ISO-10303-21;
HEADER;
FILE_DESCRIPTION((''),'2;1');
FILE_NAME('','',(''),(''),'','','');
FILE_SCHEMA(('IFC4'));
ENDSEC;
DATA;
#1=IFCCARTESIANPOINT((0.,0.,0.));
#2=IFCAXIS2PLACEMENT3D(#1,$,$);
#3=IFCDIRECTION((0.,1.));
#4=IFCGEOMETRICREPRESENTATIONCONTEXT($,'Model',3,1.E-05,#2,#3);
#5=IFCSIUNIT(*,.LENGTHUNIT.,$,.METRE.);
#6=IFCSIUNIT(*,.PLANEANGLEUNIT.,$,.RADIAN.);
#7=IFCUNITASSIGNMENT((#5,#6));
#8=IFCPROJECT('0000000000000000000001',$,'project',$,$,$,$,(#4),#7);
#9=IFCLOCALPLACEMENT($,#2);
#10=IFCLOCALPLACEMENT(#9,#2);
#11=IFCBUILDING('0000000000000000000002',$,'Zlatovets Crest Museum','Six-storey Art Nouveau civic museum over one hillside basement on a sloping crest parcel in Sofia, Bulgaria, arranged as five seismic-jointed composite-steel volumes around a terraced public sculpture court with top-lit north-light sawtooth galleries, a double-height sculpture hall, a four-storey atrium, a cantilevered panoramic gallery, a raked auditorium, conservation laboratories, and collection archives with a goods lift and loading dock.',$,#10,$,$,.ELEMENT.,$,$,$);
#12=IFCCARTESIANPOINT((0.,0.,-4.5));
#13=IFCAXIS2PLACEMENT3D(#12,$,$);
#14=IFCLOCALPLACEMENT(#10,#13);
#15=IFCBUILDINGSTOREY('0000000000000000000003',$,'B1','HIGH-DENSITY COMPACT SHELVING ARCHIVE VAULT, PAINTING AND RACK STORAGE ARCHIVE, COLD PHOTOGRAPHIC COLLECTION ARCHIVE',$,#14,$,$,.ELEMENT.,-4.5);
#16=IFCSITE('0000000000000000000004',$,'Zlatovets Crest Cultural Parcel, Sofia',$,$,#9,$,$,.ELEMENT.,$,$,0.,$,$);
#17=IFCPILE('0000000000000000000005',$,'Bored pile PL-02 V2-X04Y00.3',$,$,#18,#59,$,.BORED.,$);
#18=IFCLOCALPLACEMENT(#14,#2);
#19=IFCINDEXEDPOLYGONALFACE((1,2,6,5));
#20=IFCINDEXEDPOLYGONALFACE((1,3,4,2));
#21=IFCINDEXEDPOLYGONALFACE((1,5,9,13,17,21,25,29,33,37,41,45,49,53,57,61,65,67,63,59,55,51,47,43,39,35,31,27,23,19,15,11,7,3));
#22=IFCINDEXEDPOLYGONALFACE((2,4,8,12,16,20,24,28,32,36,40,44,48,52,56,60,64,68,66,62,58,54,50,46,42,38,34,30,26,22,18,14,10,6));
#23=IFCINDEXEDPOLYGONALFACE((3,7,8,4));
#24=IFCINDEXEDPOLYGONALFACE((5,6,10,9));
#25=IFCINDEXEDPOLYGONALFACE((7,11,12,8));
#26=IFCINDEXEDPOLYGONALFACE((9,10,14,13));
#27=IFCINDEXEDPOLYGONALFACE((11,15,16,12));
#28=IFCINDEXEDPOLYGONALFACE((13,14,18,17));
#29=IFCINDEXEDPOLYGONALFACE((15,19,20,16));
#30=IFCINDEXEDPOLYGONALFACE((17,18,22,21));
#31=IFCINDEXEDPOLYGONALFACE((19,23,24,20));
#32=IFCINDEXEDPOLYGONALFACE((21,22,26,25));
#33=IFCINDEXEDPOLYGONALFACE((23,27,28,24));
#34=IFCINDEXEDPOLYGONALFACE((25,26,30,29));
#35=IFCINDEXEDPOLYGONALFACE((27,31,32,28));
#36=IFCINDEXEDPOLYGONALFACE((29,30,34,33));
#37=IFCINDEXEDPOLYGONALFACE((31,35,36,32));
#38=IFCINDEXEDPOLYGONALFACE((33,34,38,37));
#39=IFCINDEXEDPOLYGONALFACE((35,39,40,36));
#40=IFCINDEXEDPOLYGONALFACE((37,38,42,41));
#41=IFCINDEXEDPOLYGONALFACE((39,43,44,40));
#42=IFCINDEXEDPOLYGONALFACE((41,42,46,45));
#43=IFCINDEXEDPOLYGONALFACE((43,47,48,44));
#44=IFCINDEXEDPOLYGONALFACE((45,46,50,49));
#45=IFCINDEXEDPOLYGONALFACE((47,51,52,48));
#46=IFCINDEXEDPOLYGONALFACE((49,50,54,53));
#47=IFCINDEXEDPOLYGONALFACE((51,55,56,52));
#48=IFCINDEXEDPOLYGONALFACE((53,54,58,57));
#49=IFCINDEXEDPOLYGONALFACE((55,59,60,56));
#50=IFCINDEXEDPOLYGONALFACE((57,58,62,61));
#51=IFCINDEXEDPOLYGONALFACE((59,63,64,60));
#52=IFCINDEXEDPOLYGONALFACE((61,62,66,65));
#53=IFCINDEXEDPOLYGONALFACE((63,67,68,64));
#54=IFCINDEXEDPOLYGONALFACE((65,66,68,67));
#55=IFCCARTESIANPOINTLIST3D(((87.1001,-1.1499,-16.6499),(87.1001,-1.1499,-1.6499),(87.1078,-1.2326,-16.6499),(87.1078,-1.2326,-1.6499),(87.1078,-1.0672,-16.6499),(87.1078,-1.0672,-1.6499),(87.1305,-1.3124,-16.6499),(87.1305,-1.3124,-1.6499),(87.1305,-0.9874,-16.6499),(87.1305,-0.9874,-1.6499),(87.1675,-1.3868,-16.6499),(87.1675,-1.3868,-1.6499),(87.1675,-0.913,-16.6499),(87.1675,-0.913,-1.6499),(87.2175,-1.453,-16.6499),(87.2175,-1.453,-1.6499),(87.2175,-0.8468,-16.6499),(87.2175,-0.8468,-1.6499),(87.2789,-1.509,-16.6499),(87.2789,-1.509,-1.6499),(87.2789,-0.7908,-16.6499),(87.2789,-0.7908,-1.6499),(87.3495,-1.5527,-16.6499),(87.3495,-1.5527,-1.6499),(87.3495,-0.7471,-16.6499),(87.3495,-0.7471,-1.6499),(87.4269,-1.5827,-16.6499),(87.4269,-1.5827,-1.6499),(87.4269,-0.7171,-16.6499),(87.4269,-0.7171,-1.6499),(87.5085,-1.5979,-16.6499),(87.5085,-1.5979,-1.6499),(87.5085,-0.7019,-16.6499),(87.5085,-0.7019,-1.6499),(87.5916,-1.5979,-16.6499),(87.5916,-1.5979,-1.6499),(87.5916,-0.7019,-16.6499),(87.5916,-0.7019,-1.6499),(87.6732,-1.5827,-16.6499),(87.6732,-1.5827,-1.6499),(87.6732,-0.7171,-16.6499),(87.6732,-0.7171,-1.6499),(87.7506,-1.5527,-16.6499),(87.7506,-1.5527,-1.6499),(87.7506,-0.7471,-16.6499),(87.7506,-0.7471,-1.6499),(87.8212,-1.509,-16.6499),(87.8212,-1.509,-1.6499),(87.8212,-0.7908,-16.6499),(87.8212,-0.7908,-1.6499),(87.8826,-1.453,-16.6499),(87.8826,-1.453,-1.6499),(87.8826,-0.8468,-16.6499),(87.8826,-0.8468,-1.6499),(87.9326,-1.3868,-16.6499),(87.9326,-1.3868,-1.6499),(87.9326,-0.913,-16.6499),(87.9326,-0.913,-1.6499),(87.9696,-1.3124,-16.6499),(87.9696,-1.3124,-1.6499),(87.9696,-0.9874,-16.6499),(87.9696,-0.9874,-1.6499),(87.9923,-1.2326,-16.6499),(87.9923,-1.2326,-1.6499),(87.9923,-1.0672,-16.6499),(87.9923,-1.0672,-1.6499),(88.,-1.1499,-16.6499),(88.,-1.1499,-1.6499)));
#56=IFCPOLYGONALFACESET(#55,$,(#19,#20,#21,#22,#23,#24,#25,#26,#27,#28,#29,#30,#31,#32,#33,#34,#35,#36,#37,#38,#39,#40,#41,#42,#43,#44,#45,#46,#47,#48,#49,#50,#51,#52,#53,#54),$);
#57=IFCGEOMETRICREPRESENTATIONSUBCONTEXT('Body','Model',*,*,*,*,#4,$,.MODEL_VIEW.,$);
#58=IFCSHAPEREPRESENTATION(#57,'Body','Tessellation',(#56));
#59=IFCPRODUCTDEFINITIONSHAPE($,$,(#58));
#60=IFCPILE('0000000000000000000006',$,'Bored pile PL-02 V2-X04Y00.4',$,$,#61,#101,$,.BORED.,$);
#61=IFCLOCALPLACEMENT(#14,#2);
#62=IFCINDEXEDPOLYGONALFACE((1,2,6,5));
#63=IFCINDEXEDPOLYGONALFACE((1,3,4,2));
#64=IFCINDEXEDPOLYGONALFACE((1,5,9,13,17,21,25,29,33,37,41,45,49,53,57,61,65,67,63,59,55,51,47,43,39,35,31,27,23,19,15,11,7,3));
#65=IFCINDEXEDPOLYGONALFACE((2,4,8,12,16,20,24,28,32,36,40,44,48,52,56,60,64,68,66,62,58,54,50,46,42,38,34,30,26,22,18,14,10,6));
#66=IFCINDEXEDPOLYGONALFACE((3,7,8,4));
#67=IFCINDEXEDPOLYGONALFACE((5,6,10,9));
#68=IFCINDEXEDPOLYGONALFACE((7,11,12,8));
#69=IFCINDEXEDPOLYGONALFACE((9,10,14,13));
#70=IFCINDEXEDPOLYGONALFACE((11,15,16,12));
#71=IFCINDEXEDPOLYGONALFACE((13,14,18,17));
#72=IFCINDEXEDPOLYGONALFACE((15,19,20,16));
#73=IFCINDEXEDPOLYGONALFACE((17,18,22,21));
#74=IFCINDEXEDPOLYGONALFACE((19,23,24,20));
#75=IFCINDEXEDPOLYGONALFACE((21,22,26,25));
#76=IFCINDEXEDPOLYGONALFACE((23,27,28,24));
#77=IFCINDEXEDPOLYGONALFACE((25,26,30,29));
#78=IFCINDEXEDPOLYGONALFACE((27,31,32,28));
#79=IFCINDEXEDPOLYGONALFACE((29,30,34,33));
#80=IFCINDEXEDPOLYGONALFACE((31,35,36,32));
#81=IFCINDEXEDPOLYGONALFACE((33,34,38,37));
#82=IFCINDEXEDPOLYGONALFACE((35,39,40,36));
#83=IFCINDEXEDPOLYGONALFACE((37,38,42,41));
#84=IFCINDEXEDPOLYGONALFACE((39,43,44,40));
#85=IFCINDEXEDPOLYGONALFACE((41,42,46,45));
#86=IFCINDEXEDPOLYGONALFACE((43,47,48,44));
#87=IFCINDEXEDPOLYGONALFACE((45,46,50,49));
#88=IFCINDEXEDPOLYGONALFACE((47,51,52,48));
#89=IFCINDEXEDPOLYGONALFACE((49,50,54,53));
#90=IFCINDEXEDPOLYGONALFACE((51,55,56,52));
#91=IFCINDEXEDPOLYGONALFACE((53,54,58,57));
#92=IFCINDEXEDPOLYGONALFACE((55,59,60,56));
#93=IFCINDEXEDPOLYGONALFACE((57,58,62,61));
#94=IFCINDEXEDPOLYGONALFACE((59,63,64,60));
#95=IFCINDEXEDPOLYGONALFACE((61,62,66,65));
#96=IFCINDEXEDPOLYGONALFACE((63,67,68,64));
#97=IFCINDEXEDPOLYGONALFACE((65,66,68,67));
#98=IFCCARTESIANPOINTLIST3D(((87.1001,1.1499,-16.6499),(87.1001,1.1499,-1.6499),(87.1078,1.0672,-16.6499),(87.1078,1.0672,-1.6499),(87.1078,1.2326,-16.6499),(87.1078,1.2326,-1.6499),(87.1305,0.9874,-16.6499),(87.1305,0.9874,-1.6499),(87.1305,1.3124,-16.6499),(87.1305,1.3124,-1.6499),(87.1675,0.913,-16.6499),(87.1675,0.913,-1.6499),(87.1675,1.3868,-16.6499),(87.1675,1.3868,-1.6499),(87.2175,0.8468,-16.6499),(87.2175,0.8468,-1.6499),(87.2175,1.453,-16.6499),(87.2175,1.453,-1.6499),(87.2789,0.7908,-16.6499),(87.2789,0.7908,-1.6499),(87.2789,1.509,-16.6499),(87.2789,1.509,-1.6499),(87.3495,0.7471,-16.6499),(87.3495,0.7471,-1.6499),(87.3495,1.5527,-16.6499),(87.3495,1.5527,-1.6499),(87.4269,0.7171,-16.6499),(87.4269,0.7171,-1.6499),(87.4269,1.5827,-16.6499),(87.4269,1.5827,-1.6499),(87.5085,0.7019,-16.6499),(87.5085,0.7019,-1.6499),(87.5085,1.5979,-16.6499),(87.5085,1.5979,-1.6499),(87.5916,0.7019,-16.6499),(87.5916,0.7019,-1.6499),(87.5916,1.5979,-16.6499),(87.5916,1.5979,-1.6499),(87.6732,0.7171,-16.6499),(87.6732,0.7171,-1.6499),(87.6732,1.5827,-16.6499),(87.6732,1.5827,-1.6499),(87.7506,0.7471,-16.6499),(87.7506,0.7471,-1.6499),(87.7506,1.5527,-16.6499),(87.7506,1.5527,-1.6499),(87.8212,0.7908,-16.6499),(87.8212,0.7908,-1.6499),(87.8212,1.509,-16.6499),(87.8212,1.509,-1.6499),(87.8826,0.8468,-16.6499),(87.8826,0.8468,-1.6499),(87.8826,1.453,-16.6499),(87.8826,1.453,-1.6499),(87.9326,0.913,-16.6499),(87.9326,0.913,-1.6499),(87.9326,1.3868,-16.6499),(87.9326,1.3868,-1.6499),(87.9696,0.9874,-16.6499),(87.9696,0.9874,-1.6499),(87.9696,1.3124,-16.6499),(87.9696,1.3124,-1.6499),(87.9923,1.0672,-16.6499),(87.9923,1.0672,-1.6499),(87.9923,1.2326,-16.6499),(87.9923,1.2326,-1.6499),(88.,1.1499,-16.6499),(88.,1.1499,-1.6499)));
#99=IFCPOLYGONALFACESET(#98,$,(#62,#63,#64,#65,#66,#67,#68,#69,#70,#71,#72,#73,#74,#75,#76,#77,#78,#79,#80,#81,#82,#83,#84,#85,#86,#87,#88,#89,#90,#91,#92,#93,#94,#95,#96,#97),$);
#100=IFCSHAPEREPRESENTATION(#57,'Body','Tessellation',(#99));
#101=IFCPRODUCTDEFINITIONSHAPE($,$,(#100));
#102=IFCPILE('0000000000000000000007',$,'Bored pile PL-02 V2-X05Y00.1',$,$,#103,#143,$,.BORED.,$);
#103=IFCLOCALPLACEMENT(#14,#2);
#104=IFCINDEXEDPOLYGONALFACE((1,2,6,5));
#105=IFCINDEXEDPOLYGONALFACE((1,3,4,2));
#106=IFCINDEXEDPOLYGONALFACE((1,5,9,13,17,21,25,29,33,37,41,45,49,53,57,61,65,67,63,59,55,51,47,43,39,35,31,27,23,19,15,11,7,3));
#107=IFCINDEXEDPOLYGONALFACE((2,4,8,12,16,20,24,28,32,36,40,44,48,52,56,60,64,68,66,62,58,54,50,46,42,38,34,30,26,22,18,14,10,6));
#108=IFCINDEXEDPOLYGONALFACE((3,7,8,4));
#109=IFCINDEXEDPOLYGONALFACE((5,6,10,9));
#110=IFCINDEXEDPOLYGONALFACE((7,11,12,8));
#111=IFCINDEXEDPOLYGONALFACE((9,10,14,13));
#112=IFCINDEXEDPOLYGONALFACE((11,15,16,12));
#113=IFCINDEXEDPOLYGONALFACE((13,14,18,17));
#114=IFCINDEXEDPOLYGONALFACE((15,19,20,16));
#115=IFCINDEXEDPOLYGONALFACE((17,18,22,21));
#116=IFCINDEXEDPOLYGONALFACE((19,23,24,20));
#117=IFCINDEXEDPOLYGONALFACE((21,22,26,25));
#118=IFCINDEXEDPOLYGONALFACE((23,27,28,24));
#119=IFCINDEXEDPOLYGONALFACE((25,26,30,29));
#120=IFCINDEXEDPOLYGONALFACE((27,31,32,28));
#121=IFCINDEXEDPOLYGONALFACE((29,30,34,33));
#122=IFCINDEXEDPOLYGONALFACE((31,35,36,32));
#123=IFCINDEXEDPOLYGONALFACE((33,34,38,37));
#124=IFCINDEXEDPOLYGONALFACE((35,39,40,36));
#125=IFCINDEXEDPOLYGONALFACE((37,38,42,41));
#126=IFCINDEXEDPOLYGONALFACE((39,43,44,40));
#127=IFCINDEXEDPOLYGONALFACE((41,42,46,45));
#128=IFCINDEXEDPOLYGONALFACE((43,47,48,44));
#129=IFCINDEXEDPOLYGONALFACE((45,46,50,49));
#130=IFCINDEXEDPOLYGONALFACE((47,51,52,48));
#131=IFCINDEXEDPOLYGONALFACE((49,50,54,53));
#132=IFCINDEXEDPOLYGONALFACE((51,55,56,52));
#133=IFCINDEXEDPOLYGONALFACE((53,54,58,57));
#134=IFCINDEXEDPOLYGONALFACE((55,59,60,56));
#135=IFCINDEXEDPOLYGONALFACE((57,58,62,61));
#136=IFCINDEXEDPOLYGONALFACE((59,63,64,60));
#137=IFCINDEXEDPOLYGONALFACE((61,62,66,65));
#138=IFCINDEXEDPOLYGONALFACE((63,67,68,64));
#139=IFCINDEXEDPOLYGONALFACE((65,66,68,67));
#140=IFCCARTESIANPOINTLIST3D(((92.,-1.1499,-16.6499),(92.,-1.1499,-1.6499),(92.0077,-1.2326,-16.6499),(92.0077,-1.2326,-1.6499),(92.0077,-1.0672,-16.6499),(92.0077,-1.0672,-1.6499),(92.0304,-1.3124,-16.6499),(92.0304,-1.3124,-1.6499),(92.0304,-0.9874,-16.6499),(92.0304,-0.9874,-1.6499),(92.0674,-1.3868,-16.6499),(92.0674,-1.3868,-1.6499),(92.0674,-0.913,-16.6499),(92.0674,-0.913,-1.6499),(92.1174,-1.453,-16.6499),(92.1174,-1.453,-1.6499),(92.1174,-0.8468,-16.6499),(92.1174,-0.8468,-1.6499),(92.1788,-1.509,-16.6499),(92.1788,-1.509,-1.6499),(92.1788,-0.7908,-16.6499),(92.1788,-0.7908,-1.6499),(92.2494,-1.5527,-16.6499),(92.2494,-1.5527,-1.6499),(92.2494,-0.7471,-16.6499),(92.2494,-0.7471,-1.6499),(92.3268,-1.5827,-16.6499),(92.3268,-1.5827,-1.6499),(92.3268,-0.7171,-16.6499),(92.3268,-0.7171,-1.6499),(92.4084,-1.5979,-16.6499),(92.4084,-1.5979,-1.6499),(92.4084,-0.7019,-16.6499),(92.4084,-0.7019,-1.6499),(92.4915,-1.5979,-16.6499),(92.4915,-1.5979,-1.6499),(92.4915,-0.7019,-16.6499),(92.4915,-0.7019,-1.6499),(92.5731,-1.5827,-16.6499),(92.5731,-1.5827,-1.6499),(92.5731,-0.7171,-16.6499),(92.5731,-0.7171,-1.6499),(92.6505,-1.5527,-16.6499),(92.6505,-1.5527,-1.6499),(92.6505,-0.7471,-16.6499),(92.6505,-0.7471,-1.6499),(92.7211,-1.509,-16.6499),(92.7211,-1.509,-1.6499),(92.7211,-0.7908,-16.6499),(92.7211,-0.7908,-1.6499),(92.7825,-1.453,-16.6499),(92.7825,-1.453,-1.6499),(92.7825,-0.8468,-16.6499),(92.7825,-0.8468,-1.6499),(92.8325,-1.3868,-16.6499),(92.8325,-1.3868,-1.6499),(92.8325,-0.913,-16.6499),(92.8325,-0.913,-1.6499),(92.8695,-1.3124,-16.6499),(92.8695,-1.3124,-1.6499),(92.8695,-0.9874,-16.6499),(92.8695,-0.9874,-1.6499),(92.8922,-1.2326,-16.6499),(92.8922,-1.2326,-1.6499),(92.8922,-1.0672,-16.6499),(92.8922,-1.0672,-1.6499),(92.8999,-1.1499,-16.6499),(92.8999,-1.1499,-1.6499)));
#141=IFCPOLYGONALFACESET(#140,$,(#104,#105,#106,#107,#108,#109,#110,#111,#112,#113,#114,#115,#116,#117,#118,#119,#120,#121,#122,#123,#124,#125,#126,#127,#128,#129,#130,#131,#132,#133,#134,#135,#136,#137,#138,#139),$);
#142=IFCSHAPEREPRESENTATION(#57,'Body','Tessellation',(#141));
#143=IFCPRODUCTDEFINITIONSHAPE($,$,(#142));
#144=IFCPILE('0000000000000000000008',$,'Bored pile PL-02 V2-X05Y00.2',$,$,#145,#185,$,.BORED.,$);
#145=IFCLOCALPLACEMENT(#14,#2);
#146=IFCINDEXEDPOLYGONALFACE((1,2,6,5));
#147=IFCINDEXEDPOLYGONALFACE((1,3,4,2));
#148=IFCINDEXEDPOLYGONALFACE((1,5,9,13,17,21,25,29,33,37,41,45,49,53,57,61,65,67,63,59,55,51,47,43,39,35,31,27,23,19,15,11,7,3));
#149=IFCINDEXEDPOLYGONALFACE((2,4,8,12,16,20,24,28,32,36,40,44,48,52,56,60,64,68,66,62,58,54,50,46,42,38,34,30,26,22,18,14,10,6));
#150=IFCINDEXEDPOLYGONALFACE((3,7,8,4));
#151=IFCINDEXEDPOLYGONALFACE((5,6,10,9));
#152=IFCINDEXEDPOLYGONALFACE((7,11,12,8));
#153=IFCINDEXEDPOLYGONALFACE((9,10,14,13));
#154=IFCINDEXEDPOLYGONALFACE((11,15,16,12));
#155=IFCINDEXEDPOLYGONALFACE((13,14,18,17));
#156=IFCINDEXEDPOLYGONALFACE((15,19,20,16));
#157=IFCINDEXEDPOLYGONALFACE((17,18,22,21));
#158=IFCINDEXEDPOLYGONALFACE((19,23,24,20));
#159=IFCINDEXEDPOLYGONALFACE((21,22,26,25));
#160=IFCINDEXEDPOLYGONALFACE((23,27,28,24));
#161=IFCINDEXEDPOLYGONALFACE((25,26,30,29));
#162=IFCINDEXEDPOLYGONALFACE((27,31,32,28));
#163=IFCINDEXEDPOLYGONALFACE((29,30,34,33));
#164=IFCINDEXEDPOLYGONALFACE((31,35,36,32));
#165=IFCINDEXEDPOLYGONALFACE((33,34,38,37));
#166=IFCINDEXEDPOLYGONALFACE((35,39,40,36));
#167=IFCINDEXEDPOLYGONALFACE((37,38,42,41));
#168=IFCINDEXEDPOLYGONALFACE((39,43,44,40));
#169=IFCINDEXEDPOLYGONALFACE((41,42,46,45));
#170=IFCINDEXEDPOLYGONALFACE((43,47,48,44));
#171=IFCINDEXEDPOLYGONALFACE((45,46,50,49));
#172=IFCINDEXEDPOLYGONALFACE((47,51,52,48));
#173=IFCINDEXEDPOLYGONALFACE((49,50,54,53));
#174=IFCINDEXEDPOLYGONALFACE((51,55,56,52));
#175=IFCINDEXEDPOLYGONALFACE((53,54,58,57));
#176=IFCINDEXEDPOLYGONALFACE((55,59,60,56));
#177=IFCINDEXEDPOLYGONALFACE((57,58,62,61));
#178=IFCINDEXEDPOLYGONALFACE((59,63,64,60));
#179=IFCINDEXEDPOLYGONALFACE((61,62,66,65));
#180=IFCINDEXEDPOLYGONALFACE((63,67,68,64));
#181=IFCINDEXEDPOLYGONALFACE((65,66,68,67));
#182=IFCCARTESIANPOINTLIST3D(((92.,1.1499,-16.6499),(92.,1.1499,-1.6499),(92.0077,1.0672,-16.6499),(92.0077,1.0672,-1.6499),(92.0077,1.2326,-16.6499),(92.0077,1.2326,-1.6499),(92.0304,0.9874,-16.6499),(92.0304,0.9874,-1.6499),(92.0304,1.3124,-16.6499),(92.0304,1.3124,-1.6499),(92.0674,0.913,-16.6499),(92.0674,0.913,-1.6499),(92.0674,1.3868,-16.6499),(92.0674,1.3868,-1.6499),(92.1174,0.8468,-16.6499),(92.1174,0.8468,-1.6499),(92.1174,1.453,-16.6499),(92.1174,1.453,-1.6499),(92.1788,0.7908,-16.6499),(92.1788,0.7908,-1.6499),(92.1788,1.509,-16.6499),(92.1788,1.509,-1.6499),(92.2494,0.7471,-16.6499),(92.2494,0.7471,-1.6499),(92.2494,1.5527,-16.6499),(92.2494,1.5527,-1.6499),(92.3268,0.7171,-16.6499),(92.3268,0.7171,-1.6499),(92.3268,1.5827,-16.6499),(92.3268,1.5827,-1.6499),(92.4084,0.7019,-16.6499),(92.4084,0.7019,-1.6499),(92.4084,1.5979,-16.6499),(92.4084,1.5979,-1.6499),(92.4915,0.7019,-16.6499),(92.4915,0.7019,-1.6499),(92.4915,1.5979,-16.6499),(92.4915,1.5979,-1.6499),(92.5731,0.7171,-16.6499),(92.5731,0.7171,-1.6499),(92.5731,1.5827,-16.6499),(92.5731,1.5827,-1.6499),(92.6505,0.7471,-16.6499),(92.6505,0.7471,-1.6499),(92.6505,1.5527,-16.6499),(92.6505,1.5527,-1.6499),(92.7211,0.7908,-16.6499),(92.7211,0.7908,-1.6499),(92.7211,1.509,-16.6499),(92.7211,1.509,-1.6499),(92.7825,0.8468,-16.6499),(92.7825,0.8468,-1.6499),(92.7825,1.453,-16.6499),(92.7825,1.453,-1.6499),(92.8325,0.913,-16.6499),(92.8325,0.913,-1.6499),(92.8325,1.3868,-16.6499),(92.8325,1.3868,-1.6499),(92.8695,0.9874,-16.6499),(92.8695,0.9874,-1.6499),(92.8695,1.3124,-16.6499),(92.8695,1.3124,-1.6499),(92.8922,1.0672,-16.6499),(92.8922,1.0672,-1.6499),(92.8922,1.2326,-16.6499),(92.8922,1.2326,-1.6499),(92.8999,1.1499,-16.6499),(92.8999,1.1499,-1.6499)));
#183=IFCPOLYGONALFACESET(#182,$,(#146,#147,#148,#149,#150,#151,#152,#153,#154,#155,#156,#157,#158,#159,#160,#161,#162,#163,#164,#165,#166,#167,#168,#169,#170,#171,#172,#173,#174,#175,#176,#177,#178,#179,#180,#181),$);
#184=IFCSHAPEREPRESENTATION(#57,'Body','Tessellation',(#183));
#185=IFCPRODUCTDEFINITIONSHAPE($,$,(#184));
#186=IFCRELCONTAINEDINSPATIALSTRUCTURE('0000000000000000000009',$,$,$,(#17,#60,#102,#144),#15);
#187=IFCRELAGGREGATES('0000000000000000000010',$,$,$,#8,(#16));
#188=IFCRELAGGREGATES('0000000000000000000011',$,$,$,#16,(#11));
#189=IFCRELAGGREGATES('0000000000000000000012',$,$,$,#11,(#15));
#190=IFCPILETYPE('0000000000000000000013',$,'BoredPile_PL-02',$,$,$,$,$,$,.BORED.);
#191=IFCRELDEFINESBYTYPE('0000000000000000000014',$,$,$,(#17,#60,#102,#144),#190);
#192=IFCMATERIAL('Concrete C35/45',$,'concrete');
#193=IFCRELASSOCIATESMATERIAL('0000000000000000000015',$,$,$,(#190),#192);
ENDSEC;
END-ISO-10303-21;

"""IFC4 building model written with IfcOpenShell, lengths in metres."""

from ifc_helpers import new_model, si_unit, direction, frame, origin, origin_2d, place, context, subcontext, project, spatial, circle, extrude, material, material_profile, profile_set, type_object, element, save


model = new_model("IFC4")

# Units and contexts
model_context = context("Model", 3, precision=1e-05, world=origin(), true_north=direction((0.0, 1.0)))
body_context = subcontext(model_context, "Body", "Model", "MODEL_VIEW")
ifc_project = project(units=[si_unit("LENGTHUNIT", "METRE"), si_unit("PLANEANGLEUNIT", "RADIAN")], contexts=[model_context])

# Site, building, storey
site_placement = place(None, origin())
site = spatial("IfcSite", under=ifc_project, at=site_placement, Name="Zlatovets Crest Cultural Parcel, Sofia", CompositionType="ELEMENT", RefElevation=0.0)
building_placement = place(site_placement, origin())
building = spatial("IfcBuilding", under=site, at=building_placement, Name="Zlatovets Crest Museum", Description="Six-storey Art Nouveau civic museum over one hillside basement on a sloping crest parcel in Sofia, Bulgaria, arranged as five seismic-jointed composite-steel volumes around a terraced public sculpture court with top-lit north-light sawtooth galleries, a double-height sculpture hall, a four-storey atrium, a cantilevered panoramic gallery, a raked auditorium, conservation laboratories, and collection archives with a goods lift and loading dock.", CompositionType="ELEMENT")
storey_placement = place(building_placement, frame((0.0, 0.0, -4.5)))
storey = spatial("IfcBuildingStorey", under=building, at=storey_placement, Name="B1", Description="HIGH-DENSITY COMPACT SHELVING ARCHIVE VAULT, PAINTING AND RACK STORAGE ARCHIVE, COLD PHOTOGRAPHIC COLLECTION ARCHIVE", CompositionType="ELEMENT", Elevation=-4.5)

# Piles
ifc_material_1 = material(Name="Concrete C35/45", Category="concrete")
ifc_material_profile_1 = material_profile(ifc_material_1, circle(Radius=0.45, at=origin_2d()), Name="PILE D900")
ifc_profile_set_1 = profile_set([ifc_material_profile_1], Name="Concrete C35/45")
pile_type_1 = type_object("IfcPileType", Name="BoredPile_PL-02", PredefinedType="BORED", material=ifc_profile_set_1)
for number, where, z_axis, x_axis, name in (
    (1, (87.55, -1.1499, -1.6499), (0.0, 0.0, -1.0), (1.0, 0.0, 0.0), "Bored pile PL-02 V2-X04Y00.3"),
    (2, (87.55, 1.1499, -1.6499), (0.0, 0.0, -1.0), (1.0, 0.0, 0.0), "Bored pile PL-02 V2-X04Y00.4"),
    (3, (92.45, -1.1499, -1.6499), (0.0, 0.0, -1.0), (1.0, 0.0, 0.0), "Bored pile PL-02 V2-X05Y00.1"),
    (4, (92.45, 1.1499, -1.6499), (0.0, 0.0, -1.0), (1.0, 0.0, 0.0), "Bored pile PL-02 V2-X05Y00.2"),
):
    element("IfcPile", number, at=place(storey_placement, frame(where, z_axis=z_axis, x_axis=x_axis)), inside=storey, type_object=pile_type_1, Name=name, PredefinedType="BORED", context=body_context, shape_type="SweptSolid", body=[
        extrude(circle(Radius=0.45, at=origin_2d()), origin(), (0.0, 0.0, 1.0), 15.0),
    ])

save(model, "model.ifc")
